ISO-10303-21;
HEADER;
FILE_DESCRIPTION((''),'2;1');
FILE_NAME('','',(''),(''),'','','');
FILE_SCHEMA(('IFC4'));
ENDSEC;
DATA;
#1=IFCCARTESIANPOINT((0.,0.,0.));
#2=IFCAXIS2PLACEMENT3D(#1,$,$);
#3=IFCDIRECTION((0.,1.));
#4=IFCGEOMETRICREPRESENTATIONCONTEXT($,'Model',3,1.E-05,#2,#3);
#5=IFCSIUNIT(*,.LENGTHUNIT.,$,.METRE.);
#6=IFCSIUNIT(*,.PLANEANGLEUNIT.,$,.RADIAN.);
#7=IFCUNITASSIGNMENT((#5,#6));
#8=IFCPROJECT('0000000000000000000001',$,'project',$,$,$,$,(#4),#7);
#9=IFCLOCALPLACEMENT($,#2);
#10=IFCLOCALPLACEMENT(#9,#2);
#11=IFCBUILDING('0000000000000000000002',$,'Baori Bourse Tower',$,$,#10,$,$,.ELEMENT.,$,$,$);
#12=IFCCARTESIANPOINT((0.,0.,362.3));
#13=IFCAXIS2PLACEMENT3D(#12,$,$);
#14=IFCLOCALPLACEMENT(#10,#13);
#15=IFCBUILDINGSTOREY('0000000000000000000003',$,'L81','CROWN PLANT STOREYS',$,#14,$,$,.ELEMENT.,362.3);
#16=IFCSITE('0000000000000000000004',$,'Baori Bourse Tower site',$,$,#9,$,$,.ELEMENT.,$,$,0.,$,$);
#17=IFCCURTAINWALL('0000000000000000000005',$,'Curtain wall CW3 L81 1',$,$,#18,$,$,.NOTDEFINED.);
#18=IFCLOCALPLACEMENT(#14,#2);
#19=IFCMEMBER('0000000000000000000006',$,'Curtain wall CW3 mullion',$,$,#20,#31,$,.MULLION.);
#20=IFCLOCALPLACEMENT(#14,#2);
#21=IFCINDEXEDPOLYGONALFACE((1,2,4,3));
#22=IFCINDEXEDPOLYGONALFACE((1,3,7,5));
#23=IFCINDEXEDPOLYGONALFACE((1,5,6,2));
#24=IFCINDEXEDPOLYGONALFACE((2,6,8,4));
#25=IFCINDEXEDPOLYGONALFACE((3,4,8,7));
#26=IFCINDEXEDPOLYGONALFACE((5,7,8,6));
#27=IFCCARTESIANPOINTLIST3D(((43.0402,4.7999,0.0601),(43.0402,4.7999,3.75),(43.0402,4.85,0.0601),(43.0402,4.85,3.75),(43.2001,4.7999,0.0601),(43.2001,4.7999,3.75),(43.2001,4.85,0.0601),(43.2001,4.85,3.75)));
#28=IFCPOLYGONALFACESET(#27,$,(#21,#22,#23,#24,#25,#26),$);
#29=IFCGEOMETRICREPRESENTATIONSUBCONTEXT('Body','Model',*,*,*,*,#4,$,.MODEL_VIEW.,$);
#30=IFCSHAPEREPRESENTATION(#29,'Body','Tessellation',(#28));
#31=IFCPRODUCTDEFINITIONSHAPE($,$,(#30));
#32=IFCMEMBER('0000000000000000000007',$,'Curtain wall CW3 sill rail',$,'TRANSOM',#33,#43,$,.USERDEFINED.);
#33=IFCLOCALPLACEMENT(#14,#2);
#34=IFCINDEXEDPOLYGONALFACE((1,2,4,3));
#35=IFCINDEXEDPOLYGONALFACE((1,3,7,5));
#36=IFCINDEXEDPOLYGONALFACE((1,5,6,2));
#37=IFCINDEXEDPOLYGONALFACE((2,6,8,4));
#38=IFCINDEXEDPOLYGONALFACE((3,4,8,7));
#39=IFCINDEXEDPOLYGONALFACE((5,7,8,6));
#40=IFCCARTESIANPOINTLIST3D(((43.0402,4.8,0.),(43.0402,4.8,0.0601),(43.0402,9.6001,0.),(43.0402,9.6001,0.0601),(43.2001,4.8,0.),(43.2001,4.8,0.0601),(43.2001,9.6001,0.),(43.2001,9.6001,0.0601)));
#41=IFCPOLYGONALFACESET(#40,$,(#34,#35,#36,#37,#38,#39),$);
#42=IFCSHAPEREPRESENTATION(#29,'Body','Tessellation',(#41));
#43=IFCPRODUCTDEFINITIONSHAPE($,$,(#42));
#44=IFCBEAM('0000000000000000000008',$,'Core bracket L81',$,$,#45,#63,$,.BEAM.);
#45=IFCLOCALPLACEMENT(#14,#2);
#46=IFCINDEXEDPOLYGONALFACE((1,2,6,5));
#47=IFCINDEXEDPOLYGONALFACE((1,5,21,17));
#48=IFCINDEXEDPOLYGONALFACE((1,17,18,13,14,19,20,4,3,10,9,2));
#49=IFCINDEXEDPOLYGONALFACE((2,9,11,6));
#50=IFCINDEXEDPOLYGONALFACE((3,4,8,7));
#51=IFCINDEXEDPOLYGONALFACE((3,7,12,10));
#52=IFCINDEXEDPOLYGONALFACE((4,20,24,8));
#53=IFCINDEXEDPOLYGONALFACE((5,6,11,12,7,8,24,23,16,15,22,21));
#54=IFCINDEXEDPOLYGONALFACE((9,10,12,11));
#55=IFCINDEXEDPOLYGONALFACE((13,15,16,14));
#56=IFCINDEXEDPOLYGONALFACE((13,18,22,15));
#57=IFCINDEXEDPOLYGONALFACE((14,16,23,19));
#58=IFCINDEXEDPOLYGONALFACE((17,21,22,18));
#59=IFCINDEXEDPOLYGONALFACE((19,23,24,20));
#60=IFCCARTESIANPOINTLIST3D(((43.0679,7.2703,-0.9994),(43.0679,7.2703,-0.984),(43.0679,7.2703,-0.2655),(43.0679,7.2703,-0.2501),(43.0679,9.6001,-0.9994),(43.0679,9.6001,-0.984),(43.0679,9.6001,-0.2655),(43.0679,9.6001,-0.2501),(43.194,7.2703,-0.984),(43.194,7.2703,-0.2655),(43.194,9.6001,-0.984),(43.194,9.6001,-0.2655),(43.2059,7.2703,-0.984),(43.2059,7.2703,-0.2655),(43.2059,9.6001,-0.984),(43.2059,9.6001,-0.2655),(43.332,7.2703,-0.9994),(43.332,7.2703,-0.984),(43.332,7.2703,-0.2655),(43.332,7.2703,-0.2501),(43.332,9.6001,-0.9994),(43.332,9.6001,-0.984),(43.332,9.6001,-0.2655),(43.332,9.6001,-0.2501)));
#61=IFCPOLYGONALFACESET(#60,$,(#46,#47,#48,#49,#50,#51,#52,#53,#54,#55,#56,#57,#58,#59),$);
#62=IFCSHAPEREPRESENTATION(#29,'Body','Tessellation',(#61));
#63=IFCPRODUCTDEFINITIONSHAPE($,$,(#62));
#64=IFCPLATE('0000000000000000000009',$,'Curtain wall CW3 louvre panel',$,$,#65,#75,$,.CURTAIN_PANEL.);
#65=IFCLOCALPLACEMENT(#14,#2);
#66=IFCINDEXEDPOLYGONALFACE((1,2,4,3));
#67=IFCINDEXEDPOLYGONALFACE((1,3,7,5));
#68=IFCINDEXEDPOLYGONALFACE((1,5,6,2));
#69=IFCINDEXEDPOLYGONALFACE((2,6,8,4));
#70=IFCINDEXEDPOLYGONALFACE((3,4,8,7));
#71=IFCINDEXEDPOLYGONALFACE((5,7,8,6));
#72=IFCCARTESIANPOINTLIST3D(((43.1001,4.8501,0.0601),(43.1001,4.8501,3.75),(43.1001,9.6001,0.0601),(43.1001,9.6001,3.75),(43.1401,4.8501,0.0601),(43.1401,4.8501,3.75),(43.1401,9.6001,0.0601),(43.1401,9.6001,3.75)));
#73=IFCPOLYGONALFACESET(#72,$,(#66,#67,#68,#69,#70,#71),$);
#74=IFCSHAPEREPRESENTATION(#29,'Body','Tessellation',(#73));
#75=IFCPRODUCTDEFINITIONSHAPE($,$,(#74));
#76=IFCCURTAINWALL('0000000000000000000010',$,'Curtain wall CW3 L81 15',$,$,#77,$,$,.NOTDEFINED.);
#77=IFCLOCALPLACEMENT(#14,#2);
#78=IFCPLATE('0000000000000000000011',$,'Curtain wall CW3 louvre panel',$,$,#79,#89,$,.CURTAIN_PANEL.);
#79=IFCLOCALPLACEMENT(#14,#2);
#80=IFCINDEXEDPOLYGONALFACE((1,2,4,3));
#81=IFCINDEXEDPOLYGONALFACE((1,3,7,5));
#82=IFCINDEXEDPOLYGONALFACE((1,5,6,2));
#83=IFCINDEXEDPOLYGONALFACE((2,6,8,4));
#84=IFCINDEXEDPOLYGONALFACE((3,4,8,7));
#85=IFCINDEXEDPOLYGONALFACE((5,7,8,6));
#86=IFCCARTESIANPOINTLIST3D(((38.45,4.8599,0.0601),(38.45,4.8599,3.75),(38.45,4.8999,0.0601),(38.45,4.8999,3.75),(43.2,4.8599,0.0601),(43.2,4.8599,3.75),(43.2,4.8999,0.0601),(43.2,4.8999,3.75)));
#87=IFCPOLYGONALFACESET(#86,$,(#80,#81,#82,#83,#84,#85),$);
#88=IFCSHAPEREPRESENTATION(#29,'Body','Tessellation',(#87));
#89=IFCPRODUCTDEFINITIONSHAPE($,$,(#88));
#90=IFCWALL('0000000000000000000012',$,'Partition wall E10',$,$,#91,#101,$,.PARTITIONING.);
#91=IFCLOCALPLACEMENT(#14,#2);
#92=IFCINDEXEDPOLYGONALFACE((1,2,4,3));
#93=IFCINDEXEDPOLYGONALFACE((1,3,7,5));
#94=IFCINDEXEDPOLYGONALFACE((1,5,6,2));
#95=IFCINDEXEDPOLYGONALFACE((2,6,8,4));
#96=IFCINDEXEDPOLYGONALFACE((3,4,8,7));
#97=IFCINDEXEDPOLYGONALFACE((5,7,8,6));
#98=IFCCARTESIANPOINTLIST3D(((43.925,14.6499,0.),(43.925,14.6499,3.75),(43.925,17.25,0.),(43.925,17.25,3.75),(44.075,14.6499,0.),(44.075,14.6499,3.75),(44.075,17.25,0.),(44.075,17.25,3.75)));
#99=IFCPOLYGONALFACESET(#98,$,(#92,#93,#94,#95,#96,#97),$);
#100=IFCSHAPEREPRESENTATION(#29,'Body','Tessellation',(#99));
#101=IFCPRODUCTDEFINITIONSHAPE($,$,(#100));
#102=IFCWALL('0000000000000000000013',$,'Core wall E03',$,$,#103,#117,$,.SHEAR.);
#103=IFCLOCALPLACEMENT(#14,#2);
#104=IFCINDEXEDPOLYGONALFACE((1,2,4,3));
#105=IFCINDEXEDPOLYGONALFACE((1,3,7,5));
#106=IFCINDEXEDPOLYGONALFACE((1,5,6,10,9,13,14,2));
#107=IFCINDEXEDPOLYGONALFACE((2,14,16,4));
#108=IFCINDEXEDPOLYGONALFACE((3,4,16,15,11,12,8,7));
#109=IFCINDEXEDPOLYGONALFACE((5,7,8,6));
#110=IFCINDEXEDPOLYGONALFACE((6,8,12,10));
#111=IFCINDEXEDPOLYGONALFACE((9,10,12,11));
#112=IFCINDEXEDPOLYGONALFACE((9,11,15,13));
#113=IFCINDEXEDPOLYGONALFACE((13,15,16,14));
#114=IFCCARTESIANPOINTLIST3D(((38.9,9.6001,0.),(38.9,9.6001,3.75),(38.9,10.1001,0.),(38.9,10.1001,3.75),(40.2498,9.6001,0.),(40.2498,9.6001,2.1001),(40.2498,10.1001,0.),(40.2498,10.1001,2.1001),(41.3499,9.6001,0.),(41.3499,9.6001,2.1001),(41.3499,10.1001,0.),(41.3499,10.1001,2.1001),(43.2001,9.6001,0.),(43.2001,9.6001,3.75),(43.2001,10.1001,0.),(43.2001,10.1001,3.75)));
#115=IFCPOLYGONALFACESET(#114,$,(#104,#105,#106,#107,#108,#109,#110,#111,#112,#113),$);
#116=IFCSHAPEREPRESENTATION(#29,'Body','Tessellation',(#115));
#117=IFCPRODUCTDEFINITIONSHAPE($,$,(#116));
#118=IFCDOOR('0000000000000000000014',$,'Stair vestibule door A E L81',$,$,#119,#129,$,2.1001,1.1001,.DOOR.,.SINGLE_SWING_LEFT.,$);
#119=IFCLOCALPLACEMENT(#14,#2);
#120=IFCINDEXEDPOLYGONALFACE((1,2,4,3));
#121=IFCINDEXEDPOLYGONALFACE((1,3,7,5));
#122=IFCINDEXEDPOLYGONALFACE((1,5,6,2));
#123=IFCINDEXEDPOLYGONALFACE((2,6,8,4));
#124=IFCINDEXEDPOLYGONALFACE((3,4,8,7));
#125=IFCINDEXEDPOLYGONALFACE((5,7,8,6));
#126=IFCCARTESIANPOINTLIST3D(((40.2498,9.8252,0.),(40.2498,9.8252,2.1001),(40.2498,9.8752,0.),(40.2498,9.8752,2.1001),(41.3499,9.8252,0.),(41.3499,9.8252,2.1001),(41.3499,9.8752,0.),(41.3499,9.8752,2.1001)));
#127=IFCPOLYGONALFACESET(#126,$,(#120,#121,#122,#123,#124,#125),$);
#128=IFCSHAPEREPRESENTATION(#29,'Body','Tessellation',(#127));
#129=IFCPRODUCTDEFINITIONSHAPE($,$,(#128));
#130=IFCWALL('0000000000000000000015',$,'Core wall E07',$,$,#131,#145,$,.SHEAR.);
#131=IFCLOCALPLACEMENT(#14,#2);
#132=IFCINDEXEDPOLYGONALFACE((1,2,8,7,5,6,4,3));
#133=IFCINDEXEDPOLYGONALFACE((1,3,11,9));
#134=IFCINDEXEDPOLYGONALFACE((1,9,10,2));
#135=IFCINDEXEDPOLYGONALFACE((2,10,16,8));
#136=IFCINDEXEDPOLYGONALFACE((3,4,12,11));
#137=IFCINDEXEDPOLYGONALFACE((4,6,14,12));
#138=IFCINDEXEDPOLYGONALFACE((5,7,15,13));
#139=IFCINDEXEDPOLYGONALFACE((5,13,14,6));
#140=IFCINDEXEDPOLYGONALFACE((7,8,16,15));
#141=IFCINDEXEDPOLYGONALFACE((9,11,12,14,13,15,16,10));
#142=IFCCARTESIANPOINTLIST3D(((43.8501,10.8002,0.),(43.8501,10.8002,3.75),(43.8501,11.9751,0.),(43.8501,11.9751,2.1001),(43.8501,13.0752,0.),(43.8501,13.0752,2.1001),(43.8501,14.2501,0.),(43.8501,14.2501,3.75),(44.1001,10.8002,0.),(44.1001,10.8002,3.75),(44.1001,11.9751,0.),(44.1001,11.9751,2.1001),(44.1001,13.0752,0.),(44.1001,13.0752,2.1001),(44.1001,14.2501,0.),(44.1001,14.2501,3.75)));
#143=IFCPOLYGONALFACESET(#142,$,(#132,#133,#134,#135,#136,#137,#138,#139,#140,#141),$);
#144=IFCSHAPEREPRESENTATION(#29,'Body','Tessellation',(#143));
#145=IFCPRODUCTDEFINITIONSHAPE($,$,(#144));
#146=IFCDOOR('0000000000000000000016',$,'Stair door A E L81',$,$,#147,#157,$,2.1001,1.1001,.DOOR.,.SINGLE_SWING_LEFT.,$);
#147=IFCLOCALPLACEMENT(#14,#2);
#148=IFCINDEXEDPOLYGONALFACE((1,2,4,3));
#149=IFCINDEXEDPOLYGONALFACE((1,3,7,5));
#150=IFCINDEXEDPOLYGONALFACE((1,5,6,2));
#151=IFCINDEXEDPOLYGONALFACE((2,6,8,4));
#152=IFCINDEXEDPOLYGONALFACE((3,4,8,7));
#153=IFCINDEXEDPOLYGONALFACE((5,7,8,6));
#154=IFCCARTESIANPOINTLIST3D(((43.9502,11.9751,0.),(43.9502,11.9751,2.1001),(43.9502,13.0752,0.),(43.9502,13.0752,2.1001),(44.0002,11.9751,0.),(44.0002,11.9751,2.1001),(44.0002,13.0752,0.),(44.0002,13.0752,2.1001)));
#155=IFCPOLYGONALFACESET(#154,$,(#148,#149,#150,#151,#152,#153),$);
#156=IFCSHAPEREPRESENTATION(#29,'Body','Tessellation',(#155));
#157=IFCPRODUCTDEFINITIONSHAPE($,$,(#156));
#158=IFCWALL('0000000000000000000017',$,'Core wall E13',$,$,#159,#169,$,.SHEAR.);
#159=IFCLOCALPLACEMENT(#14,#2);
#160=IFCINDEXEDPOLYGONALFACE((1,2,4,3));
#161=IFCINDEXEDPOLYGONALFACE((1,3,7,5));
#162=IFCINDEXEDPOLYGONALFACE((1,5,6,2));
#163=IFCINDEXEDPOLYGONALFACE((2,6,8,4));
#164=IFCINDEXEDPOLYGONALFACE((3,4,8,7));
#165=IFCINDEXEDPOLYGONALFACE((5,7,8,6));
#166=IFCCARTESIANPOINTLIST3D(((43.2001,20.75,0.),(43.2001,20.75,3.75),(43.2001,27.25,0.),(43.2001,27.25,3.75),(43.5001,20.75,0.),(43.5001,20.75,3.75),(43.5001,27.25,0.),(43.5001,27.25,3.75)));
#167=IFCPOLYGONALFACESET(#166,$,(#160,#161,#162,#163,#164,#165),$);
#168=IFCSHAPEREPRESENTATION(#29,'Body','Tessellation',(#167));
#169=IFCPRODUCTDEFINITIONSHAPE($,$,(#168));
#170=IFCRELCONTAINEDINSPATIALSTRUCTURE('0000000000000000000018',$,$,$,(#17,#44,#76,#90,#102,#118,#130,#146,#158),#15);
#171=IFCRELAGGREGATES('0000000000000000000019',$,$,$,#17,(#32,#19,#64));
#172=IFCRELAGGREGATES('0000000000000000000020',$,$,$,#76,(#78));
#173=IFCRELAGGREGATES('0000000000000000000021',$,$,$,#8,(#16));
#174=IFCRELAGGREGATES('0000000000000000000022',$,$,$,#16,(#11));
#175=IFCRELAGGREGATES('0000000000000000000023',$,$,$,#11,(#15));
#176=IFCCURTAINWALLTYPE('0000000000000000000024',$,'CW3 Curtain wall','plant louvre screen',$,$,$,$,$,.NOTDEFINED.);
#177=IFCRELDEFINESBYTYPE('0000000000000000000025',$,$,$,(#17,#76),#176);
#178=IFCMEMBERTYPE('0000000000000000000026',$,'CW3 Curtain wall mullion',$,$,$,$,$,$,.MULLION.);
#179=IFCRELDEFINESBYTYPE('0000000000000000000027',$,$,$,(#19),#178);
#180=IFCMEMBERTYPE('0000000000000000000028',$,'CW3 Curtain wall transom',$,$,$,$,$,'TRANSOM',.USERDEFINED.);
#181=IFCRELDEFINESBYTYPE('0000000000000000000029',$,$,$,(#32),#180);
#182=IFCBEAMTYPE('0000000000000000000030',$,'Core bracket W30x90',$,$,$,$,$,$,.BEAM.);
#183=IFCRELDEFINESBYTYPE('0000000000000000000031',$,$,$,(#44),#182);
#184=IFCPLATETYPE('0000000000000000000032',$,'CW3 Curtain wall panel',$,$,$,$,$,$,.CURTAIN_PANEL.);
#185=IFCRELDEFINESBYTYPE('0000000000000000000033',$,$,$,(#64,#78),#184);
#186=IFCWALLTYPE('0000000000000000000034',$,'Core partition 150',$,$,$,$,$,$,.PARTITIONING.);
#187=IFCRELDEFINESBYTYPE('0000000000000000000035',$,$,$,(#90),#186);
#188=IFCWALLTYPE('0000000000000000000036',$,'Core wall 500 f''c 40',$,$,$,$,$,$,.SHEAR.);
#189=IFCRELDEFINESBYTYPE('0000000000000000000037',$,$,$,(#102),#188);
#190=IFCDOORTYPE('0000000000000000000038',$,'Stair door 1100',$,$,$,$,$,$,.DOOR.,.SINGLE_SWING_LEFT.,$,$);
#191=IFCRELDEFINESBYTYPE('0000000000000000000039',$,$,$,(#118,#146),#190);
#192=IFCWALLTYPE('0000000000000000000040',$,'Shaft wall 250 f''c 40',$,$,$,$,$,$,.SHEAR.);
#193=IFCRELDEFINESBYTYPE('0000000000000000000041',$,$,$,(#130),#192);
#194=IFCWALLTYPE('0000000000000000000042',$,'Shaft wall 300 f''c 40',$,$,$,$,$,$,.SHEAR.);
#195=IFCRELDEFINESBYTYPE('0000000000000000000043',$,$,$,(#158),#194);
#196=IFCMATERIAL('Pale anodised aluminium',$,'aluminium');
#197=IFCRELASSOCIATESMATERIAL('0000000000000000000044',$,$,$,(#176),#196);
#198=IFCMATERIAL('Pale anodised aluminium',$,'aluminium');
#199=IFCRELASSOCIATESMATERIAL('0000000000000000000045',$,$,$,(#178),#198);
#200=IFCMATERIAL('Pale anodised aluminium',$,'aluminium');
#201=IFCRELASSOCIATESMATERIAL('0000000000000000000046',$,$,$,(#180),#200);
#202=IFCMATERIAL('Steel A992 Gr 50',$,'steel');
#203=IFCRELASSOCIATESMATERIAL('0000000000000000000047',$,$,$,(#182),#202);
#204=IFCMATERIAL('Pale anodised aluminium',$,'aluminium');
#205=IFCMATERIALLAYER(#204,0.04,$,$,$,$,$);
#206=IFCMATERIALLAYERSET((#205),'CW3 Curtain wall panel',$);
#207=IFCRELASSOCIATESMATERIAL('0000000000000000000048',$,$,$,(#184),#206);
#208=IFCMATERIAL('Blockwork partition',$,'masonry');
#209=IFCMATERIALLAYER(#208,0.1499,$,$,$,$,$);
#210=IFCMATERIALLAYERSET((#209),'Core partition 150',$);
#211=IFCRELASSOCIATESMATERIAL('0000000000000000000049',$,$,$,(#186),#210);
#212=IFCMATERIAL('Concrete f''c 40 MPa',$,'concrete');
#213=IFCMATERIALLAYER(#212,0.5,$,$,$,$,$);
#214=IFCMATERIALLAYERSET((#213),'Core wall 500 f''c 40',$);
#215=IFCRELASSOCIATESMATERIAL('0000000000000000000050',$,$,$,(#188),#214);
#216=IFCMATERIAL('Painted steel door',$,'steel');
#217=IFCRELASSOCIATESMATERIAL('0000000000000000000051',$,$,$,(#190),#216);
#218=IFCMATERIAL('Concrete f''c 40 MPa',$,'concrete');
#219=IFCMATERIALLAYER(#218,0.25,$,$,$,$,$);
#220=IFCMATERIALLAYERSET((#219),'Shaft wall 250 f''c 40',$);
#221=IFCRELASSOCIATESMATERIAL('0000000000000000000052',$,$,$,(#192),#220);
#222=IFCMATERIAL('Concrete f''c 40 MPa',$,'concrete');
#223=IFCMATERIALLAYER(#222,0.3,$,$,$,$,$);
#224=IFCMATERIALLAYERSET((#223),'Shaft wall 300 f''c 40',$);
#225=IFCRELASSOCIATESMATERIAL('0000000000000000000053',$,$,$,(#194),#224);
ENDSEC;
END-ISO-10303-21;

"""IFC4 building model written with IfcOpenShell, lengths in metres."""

from ifc_helpers import new_model, si_unit, direction, frame, frame_2d, origin, origin_2d, place, context, subcontext, project, spatial, rectangle, i_section, extrude, material, layer, layer_set, material_profile, profile_set, type_object, element, fill, aggregate, save


model = new_model("IFC4")

# Units and contexts
model_context = context("Model", 3, precision=1e-05, world=origin(), true_north=direction((0.0, 1.0)))
body_context = subcontext(model_context, "Body", "Model", "MODEL_VIEW")
ifc_project = project(units=[si_unit("LENGTHUNIT", "METRE"), si_unit("PLANEANGLEUNIT", "RADIAN")], contexts=[model_context])

# Site, building, storey
site_placement = place(None, origin())
site = spatial("IfcSite", under=ifc_project, at=site_placement, Name="Baori Bourse Tower site", CompositionType="ELEMENT", RefElevation=0.0)
building_placement = place(site_placement, origin())
building = spatial("IfcBuilding", under=site, at=building_placement, Name="Baori Bourse Tower", CompositionType="ELEMENT")
storey_placement = place(building_placement, frame((0.0, 0.0, 362.3)))
storey = spatial("IfcBuildingStorey", under=building, at=storey_placement, Name="L81", Description="CROWN PLANT STOREYS", CompositionType="ELEMENT", Elevation=362.3)

# Curtain wall, members
ifc_material_1 = material(Name="Pale anodised aluminium", Category="aluminium")
curtain_wall_type = type_object("IfcCurtainWallType", Name="CW3 Curtain wall", Description="plant louvre screen", PredefinedType="NOTDEFINED", material=ifc_material_1)
curtain_wall_1_placement = place(storey_placement, origin())
curtain_wall_1 = element("IfcCurtainWall", 1, at=curtain_wall_1_placement, inside=storey, type_object=curtain_wall_type, Name="Curtain wall CW3 L81 1", PredefinedType="NOTDEFINED")
ifc_material_2 = material(Name="Pale anodised aluminium", Category="aluminium")
ifc_material_profile_1 = material_profile(ifc_material_2, rectangle(XDim=0.1599, YDim=0.05, at=origin_2d()), Name="Mullion 50x160")
ifc_profile_set_1 = profile_set([ifc_material_profile_1], Name="Pale anodised aluminium")
member_type_1 = type_object("IfcMemberType", Name="CW3 Curtain wall mullion", PredefinedType="MULLION", material=ifc_profile_set_1)
member_1_placement = place(storey_placement, frame((43.1201, 4.825, 0.0601), z_axis=(0.0, 0.0, 1.0), x_axis=(-1.0, 0.0, 0.0)))
member_1 = element("IfcMember", 2, at=member_1_placement, type_object=member_type_1, Name="Curtain wall CW3 mullion", PredefinedType="MULLION", context=body_context, shape_type="SweptSolid", body=[
    extrude(rectangle(XDim=0.1599, YDim=0.05, at=origin_2d()), origin(), (0.0, 0.0, 1.0), 3.6899),
])
ifc_material_3 = material(Name="Pale anodised aluminium", Category="aluminium")
ifc_material_profile_2 = material_profile(ifc_material_3, rectangle(XDim=0.1599, YDim=0.0601, at=origin_2d()), Name="Transom 60x160")
ifc_profile_set_2 = profile_set([ifc_material_profile_2], Name="Pale anodised aluminium")
member_type_2 = type_object("IfcMemberType", Name="CW3 Curtain wall transom", ElementType="TRANSOM", PredefinedType="USERDEFINED", material=ifc_profile_set_2)
member_2_placement = place(storey_placement, frame((43.1201, 4.8, 0.03), z_axis=(0.0, 1.0, 0.0), x_axis=(-1.0, 0.0, 0.0)))
member_2 = element("IfcMember", 3, at=member_2_placement, type_object=member_type_2, Name="Curtain wall CW3 sill rail", ObjectType="TRANSOM", PredefinedType="USERDEFINED", context=body_context, shape_type="SweptSolid", body=[
    extrude(rectangle(XDim=0.1599, YDim=0.0601, at=origin_2d()), origin(), (0.0, 0.0, 1.0), 4.8),
])

# Beam
ifc_material_4 = material(Name="Steel A992 Gr 50", Category="steel")
ifc_material_profile_3 = material_profile(ifc_material_4, i_section(OverallWidth=0.2642, OverallDepth=0.7493, WebThickness=0.012, FlangeThickness=0.0154, at=origin_2d()), Name="W30x90")
ifc_profile_set_3 = profile_set([ifc_material_profile_3], Name="Steel A992 Gr 50")
beam_type = type_object("IfcBeamType", Name="Core bracket W30x90", PredefinedType="BEAM", material=ifc_profile_set_3)
beam_placement = place(storey_placement, frame((43.2, 7.2703, -0.6248), z_axis=(0.0, 1.0, 0.0), x_axis=(-1.0, 0.0, 0.0)))
element("IfcBeam", 4, at=beam_placement, inside=storey, type_object=beam_type, Name="Core bracket L81", PredefinedType="BEAM", context=body_context, shape_type="SweptSolid", body=[
    extrude(i_section(OverallWidth=0.2642, OverallDepth=0.7493, WebThickness=0.012, FlangeThickness=0.0154, at=origin_2d()), origin(), (0.0, 0.0, 1.0), 2.3298),
])

# Plate
ifc_material_5 = material(Name="Pale anodised aluminium", Category="aluminium")
ifc_layer_1 = layer(ifc_material_5, 0.04)
ifc_layer_set_1 = layer_set([ifc_layer_1], Name="CW3 Curtain wall panel")
plate_type = type_object("IfcPlateType", Name="CW3 Curtain wall panel", PredefinedType="CURTAIN_PANEL", material=ifc_layer_set_1)
plate_1_placement = place(storey_placement, frame((43.1201, 7.2251, 0.0601), z_axis=(0.0, 0.0, 1.0), x_axis=(0.0, 1.0, 0.0)))
plate_1 = element("IfcPlate", 5, at=plate_1_placement, type_object=plate_type, Name="Curtain wall CW3 louvre panel", PredefinedType="CURTAIN_PANEL", context=body_context, shape_type="SweptSolid", body=[
    extrude(rectangle(XDim=4.75, YDim=0.04, at=origin_2d()), origin(), (0.0, 0.0, 1.0), 3.6899),
])
aggregate(curtain_wall_1, [member_2, member_1, plate_1])

# Curtain wall, plate
curtain_wall_2_placement = place(storey_placement, origin())
curtain_wall_2 = element("IfcCurtainWall", 6, at=curtain_wall_2_placement, inside=storey, type_object=curtain_wall_type, Name="Curtain wall CW3 L81 15", PredefinedType="NOTDEFINED")
plate_2_placement = place(storey_placement, frame((40.825, 4.8799, 0.0601), z_axis=(0.0, 0.0, 1.0), x_axis=(1.0, 0.0, 0.0)))
plate_2 = element("IfcPlate", 7, at=plate_2_placement, type_object=plate_type, Name="Curtain wall CW3 louvre panel", PredefinedType="CURTAIN_PANEL", context=body_context, shape_type="SweptSolid", body=[
    extrude(rectangle(XDim=4.75, YDim=0.04, at=origin_2d()), origin(), (0.0, 0.0, 1.0), 3.6899),
])
aggregate(curtain_wall_2, [plate_2])

# Wall
ifc_material_6 = material(Name="Blockwork partition", Category="masonry")
ifc_layer_2 = layer(ifc_material_6, 0.1499)
ifc_layer_set_2 = layer_set([ifc_layer_2], Name="Core partition 150")
wall_type_1 = type_object("IfcWallType", Name="Core partition 150", PredefinedType="PARTITIONING", material=ifc_layer_set_2)
wall_1_placement = place(storey_placement, frame((44.0, 14.6499, 0.0), z_axis=(0.0, 0.0, 1.0), x_axis=(0.0, 1.0, 0.0)))
element("IfcWall", 8, at=wall_1_placement, inside=storey, type_object=wall_type_1, Name="Partition wall E10", PredefinedType="PARTITIONING", context=body_context, shape_type="SweptSolid", body=[
    extrude(rectangle(XDim=2.6001, YDim=0.1499, at=frame_2d((1.3, 0.0))), origin(), (0.0, 0.0, 1.0), 3.75),
])

# Walls, openings, doors
ifc_material_7 = material(Name="Concrete f'c 40 MPa", Category="concrete")
ifc_layer_3 = layer(ifc_material_7, 0.5)
ifc_layer_set_3 = layer_set([ifc_layer_3], Name="Core wall 500 f'c 40")
wall_type_2 = type_object("IfcWallType", Name="Core wall 500 f'c 40", PredefinedType="SHEAR", material=ifc_layer_set_3)
wall_2_placement = place(storey_placement, frame((43.2, 9.8501, 0.0), z_axis=(0.0, 0.0, 1.0), x_axis=(-1.0, 0.0, 0.0)))
wall_2 = element("IfcWall", 9, at=wall_2_placement, inside=storey, type_object=wall_type_2, Name="Core wall E03", PredefinedType="SHEAR", context=body_context, shape_type="SweptSolid", body=[
    extrude(rectangle(XDim=4.3, YDim=0.5, at=frame_2d((2.1499, 0.0))), origin(), (0.0, 0.0, 1.0), 3.75),
])
opening_1_placement = place(wall_2_placement, frame((1.8501, 0.0, 0.0)))
opening_1 = element("IfcOpeningElement", 10, at=opening_1_placement, cuts=wall_2, PredefinedType="OPENING", context=body_context, shape_type="SweptSolid", body=[
    extrude(rectangle(XDim=1.1001, YDim=2.1001, at=frame_2d((0.55, 1.05))), frame((0.0, 0.26, 0.0), z_axis=(0.0, -1.0, 0.0), x_axis=(1.0, 0.0, 0.0)), (0.0, 0.0, 1.0), 0.52),
])
ifc_material_8 = material(Name="Painted steel door", Category="steel")
door_type_1 = type_object("IfcDoorType", Name="Stair door 1100", OperationType="SINGLE_SWING_LEFT", PredefinedType="DOOR", material=ifc_material_8)
door_1_placement = place(opening_1_placement, origin())
door_1 = element("IfcDoor", 11, at=door_1_placement, inside=storey, type_object=door_type_1, Name="Stair vestibule door A E L81", OperationType="SINGLE_SWING_LEFT", OverallHeight=2.1001, OverallWidth=1.1001, PredefinedType="DOOR", context=body_context, shape_type="SweptSolid", body=[
    extrude(rectangle(XDim=1.1001, YDim=2.1001, at=frame_2d((0.55, 1.05))), frame((0.0, 0.0249, 0.0), z_axis=(0.0, -1.0, 0.0), x_axis=(1.0, 0.0, 0.0)), (0.0, 0.0, 1.0), 0.05),
])
fill(opening_1, door_1)
ifc_material_9 = material(Name="Concrete f'c 40 MPa", Category="concrete")
ifc_layer_4 = layer(ifc_material_9, 0.25)
ifc_layer_set_4 = layer_set([ifc_layer_4], Name="Shaft wall 250 f'c 40")
wall_type_3 = type_object("IfcWallType", Name="Shaft wall 250 f'c 40", PredefinedType="SHEAR", material=ifc_layer_set_4)
wall_3_placement = place(storey_placement, frame((43.9751, 10.8, 0.0), z_axis=(0.0, 0.0, 1.0), x_axis=(0.0, 1.0, 0.0)))
wall_3 = element("IfcWall", 12, at=wall_3_placement, inside=storey, type_object=wall_type_3, Name="Core wall E07", PredefinedType="SHEAR", context=body_context, shape_type="SweptSolid", body=[
    extrude(rectangle(XDim=3.45, YDim=0.25, at=frame_2d((1.7251, 0.0))), origin(), (0.0, 0.0, 1.0), 3.75),
])
opening_2_placement = place(wall_3_placement, frame((1.175, 0.0, 0.0)))
opening_2 = element("IfcOpeningElement", 13, at=opening_2_placement, cuts=wall_3, PredefinedType="OPENING", context=body_context, shape_type="SweptSolid", body=[
    extrude(rectangle(XDim=1.1001, YDim=2.1001, at=frame_2d((0.55, 1.05))), frame((0.0, 0.135, 0.0), z_axis=(0.0, -1.0, 0.0), x_axis=(1.0, 0.0, 0.0)), (0.0, 0.0, 1.0), 0.27),
])
door_2_placement = place(opening_2_placement, origin())
door_2 = element("IfcDoor", 14, at=door_2_placement, inside=storey, type_object=door_type_1, Name="Stair door A E L81", OperationType="SINGLE_SWING_LEFT", OverallHeight=2.1001, OverallWidth=1.1001, PredefinedType="DOOR", context=body_context, shape_type="SweptSolid", body=[
    extrude(rectangle(XDim=1.1001, YDim=2.1001, at=frame_2d((0.55, 1.05))), frame((0.0, 0.0249, 0.0), z_axis=(0.0, -1.0, 0.0), x_axis=(1.0, 0.0, 0.0)), (0.0, 0.0, 1.0), 0.05),
])
fill(opening_2, door_2)

# Wall
ifc_material_10 = material(Name="Concrete f'c 40 MPa", Category="concrete")
ifc_layer_5 = layer(ifc_material_10, 0.3)
ifc_layer_set_5 = layer_set([ifc_layer_5], Name="Shaft wall 300 f'c 40")
wall_type_4 = type_object("IfcWallType", Name="Shaft wall 300 f'c 40", PredefinedType="SHEAR", material=ifc_layer_set_5)
wall_4_placement = place(storey_placement, frame((43.3501, 20.75, 0.0), z_axis=(0.0, 0.0, 1.0), x_axis=(0.0, 1.0, 0.0)))
element("IfcWall", 15, at=wall_4_placement, inside=storey, type_object=wall_type_4, Name="Core wall E13", PredefinedType="SHEAR", context=body_context, shape_type="SweptSolid", body=[
    extrude(rectangle(XDim=6.5, YDim=0.3, at=frame_2d((3.25, 0.0))), origin(), (0.0, 0.0, 1.0), 3.75),
])

save(model, "model.ifc")
